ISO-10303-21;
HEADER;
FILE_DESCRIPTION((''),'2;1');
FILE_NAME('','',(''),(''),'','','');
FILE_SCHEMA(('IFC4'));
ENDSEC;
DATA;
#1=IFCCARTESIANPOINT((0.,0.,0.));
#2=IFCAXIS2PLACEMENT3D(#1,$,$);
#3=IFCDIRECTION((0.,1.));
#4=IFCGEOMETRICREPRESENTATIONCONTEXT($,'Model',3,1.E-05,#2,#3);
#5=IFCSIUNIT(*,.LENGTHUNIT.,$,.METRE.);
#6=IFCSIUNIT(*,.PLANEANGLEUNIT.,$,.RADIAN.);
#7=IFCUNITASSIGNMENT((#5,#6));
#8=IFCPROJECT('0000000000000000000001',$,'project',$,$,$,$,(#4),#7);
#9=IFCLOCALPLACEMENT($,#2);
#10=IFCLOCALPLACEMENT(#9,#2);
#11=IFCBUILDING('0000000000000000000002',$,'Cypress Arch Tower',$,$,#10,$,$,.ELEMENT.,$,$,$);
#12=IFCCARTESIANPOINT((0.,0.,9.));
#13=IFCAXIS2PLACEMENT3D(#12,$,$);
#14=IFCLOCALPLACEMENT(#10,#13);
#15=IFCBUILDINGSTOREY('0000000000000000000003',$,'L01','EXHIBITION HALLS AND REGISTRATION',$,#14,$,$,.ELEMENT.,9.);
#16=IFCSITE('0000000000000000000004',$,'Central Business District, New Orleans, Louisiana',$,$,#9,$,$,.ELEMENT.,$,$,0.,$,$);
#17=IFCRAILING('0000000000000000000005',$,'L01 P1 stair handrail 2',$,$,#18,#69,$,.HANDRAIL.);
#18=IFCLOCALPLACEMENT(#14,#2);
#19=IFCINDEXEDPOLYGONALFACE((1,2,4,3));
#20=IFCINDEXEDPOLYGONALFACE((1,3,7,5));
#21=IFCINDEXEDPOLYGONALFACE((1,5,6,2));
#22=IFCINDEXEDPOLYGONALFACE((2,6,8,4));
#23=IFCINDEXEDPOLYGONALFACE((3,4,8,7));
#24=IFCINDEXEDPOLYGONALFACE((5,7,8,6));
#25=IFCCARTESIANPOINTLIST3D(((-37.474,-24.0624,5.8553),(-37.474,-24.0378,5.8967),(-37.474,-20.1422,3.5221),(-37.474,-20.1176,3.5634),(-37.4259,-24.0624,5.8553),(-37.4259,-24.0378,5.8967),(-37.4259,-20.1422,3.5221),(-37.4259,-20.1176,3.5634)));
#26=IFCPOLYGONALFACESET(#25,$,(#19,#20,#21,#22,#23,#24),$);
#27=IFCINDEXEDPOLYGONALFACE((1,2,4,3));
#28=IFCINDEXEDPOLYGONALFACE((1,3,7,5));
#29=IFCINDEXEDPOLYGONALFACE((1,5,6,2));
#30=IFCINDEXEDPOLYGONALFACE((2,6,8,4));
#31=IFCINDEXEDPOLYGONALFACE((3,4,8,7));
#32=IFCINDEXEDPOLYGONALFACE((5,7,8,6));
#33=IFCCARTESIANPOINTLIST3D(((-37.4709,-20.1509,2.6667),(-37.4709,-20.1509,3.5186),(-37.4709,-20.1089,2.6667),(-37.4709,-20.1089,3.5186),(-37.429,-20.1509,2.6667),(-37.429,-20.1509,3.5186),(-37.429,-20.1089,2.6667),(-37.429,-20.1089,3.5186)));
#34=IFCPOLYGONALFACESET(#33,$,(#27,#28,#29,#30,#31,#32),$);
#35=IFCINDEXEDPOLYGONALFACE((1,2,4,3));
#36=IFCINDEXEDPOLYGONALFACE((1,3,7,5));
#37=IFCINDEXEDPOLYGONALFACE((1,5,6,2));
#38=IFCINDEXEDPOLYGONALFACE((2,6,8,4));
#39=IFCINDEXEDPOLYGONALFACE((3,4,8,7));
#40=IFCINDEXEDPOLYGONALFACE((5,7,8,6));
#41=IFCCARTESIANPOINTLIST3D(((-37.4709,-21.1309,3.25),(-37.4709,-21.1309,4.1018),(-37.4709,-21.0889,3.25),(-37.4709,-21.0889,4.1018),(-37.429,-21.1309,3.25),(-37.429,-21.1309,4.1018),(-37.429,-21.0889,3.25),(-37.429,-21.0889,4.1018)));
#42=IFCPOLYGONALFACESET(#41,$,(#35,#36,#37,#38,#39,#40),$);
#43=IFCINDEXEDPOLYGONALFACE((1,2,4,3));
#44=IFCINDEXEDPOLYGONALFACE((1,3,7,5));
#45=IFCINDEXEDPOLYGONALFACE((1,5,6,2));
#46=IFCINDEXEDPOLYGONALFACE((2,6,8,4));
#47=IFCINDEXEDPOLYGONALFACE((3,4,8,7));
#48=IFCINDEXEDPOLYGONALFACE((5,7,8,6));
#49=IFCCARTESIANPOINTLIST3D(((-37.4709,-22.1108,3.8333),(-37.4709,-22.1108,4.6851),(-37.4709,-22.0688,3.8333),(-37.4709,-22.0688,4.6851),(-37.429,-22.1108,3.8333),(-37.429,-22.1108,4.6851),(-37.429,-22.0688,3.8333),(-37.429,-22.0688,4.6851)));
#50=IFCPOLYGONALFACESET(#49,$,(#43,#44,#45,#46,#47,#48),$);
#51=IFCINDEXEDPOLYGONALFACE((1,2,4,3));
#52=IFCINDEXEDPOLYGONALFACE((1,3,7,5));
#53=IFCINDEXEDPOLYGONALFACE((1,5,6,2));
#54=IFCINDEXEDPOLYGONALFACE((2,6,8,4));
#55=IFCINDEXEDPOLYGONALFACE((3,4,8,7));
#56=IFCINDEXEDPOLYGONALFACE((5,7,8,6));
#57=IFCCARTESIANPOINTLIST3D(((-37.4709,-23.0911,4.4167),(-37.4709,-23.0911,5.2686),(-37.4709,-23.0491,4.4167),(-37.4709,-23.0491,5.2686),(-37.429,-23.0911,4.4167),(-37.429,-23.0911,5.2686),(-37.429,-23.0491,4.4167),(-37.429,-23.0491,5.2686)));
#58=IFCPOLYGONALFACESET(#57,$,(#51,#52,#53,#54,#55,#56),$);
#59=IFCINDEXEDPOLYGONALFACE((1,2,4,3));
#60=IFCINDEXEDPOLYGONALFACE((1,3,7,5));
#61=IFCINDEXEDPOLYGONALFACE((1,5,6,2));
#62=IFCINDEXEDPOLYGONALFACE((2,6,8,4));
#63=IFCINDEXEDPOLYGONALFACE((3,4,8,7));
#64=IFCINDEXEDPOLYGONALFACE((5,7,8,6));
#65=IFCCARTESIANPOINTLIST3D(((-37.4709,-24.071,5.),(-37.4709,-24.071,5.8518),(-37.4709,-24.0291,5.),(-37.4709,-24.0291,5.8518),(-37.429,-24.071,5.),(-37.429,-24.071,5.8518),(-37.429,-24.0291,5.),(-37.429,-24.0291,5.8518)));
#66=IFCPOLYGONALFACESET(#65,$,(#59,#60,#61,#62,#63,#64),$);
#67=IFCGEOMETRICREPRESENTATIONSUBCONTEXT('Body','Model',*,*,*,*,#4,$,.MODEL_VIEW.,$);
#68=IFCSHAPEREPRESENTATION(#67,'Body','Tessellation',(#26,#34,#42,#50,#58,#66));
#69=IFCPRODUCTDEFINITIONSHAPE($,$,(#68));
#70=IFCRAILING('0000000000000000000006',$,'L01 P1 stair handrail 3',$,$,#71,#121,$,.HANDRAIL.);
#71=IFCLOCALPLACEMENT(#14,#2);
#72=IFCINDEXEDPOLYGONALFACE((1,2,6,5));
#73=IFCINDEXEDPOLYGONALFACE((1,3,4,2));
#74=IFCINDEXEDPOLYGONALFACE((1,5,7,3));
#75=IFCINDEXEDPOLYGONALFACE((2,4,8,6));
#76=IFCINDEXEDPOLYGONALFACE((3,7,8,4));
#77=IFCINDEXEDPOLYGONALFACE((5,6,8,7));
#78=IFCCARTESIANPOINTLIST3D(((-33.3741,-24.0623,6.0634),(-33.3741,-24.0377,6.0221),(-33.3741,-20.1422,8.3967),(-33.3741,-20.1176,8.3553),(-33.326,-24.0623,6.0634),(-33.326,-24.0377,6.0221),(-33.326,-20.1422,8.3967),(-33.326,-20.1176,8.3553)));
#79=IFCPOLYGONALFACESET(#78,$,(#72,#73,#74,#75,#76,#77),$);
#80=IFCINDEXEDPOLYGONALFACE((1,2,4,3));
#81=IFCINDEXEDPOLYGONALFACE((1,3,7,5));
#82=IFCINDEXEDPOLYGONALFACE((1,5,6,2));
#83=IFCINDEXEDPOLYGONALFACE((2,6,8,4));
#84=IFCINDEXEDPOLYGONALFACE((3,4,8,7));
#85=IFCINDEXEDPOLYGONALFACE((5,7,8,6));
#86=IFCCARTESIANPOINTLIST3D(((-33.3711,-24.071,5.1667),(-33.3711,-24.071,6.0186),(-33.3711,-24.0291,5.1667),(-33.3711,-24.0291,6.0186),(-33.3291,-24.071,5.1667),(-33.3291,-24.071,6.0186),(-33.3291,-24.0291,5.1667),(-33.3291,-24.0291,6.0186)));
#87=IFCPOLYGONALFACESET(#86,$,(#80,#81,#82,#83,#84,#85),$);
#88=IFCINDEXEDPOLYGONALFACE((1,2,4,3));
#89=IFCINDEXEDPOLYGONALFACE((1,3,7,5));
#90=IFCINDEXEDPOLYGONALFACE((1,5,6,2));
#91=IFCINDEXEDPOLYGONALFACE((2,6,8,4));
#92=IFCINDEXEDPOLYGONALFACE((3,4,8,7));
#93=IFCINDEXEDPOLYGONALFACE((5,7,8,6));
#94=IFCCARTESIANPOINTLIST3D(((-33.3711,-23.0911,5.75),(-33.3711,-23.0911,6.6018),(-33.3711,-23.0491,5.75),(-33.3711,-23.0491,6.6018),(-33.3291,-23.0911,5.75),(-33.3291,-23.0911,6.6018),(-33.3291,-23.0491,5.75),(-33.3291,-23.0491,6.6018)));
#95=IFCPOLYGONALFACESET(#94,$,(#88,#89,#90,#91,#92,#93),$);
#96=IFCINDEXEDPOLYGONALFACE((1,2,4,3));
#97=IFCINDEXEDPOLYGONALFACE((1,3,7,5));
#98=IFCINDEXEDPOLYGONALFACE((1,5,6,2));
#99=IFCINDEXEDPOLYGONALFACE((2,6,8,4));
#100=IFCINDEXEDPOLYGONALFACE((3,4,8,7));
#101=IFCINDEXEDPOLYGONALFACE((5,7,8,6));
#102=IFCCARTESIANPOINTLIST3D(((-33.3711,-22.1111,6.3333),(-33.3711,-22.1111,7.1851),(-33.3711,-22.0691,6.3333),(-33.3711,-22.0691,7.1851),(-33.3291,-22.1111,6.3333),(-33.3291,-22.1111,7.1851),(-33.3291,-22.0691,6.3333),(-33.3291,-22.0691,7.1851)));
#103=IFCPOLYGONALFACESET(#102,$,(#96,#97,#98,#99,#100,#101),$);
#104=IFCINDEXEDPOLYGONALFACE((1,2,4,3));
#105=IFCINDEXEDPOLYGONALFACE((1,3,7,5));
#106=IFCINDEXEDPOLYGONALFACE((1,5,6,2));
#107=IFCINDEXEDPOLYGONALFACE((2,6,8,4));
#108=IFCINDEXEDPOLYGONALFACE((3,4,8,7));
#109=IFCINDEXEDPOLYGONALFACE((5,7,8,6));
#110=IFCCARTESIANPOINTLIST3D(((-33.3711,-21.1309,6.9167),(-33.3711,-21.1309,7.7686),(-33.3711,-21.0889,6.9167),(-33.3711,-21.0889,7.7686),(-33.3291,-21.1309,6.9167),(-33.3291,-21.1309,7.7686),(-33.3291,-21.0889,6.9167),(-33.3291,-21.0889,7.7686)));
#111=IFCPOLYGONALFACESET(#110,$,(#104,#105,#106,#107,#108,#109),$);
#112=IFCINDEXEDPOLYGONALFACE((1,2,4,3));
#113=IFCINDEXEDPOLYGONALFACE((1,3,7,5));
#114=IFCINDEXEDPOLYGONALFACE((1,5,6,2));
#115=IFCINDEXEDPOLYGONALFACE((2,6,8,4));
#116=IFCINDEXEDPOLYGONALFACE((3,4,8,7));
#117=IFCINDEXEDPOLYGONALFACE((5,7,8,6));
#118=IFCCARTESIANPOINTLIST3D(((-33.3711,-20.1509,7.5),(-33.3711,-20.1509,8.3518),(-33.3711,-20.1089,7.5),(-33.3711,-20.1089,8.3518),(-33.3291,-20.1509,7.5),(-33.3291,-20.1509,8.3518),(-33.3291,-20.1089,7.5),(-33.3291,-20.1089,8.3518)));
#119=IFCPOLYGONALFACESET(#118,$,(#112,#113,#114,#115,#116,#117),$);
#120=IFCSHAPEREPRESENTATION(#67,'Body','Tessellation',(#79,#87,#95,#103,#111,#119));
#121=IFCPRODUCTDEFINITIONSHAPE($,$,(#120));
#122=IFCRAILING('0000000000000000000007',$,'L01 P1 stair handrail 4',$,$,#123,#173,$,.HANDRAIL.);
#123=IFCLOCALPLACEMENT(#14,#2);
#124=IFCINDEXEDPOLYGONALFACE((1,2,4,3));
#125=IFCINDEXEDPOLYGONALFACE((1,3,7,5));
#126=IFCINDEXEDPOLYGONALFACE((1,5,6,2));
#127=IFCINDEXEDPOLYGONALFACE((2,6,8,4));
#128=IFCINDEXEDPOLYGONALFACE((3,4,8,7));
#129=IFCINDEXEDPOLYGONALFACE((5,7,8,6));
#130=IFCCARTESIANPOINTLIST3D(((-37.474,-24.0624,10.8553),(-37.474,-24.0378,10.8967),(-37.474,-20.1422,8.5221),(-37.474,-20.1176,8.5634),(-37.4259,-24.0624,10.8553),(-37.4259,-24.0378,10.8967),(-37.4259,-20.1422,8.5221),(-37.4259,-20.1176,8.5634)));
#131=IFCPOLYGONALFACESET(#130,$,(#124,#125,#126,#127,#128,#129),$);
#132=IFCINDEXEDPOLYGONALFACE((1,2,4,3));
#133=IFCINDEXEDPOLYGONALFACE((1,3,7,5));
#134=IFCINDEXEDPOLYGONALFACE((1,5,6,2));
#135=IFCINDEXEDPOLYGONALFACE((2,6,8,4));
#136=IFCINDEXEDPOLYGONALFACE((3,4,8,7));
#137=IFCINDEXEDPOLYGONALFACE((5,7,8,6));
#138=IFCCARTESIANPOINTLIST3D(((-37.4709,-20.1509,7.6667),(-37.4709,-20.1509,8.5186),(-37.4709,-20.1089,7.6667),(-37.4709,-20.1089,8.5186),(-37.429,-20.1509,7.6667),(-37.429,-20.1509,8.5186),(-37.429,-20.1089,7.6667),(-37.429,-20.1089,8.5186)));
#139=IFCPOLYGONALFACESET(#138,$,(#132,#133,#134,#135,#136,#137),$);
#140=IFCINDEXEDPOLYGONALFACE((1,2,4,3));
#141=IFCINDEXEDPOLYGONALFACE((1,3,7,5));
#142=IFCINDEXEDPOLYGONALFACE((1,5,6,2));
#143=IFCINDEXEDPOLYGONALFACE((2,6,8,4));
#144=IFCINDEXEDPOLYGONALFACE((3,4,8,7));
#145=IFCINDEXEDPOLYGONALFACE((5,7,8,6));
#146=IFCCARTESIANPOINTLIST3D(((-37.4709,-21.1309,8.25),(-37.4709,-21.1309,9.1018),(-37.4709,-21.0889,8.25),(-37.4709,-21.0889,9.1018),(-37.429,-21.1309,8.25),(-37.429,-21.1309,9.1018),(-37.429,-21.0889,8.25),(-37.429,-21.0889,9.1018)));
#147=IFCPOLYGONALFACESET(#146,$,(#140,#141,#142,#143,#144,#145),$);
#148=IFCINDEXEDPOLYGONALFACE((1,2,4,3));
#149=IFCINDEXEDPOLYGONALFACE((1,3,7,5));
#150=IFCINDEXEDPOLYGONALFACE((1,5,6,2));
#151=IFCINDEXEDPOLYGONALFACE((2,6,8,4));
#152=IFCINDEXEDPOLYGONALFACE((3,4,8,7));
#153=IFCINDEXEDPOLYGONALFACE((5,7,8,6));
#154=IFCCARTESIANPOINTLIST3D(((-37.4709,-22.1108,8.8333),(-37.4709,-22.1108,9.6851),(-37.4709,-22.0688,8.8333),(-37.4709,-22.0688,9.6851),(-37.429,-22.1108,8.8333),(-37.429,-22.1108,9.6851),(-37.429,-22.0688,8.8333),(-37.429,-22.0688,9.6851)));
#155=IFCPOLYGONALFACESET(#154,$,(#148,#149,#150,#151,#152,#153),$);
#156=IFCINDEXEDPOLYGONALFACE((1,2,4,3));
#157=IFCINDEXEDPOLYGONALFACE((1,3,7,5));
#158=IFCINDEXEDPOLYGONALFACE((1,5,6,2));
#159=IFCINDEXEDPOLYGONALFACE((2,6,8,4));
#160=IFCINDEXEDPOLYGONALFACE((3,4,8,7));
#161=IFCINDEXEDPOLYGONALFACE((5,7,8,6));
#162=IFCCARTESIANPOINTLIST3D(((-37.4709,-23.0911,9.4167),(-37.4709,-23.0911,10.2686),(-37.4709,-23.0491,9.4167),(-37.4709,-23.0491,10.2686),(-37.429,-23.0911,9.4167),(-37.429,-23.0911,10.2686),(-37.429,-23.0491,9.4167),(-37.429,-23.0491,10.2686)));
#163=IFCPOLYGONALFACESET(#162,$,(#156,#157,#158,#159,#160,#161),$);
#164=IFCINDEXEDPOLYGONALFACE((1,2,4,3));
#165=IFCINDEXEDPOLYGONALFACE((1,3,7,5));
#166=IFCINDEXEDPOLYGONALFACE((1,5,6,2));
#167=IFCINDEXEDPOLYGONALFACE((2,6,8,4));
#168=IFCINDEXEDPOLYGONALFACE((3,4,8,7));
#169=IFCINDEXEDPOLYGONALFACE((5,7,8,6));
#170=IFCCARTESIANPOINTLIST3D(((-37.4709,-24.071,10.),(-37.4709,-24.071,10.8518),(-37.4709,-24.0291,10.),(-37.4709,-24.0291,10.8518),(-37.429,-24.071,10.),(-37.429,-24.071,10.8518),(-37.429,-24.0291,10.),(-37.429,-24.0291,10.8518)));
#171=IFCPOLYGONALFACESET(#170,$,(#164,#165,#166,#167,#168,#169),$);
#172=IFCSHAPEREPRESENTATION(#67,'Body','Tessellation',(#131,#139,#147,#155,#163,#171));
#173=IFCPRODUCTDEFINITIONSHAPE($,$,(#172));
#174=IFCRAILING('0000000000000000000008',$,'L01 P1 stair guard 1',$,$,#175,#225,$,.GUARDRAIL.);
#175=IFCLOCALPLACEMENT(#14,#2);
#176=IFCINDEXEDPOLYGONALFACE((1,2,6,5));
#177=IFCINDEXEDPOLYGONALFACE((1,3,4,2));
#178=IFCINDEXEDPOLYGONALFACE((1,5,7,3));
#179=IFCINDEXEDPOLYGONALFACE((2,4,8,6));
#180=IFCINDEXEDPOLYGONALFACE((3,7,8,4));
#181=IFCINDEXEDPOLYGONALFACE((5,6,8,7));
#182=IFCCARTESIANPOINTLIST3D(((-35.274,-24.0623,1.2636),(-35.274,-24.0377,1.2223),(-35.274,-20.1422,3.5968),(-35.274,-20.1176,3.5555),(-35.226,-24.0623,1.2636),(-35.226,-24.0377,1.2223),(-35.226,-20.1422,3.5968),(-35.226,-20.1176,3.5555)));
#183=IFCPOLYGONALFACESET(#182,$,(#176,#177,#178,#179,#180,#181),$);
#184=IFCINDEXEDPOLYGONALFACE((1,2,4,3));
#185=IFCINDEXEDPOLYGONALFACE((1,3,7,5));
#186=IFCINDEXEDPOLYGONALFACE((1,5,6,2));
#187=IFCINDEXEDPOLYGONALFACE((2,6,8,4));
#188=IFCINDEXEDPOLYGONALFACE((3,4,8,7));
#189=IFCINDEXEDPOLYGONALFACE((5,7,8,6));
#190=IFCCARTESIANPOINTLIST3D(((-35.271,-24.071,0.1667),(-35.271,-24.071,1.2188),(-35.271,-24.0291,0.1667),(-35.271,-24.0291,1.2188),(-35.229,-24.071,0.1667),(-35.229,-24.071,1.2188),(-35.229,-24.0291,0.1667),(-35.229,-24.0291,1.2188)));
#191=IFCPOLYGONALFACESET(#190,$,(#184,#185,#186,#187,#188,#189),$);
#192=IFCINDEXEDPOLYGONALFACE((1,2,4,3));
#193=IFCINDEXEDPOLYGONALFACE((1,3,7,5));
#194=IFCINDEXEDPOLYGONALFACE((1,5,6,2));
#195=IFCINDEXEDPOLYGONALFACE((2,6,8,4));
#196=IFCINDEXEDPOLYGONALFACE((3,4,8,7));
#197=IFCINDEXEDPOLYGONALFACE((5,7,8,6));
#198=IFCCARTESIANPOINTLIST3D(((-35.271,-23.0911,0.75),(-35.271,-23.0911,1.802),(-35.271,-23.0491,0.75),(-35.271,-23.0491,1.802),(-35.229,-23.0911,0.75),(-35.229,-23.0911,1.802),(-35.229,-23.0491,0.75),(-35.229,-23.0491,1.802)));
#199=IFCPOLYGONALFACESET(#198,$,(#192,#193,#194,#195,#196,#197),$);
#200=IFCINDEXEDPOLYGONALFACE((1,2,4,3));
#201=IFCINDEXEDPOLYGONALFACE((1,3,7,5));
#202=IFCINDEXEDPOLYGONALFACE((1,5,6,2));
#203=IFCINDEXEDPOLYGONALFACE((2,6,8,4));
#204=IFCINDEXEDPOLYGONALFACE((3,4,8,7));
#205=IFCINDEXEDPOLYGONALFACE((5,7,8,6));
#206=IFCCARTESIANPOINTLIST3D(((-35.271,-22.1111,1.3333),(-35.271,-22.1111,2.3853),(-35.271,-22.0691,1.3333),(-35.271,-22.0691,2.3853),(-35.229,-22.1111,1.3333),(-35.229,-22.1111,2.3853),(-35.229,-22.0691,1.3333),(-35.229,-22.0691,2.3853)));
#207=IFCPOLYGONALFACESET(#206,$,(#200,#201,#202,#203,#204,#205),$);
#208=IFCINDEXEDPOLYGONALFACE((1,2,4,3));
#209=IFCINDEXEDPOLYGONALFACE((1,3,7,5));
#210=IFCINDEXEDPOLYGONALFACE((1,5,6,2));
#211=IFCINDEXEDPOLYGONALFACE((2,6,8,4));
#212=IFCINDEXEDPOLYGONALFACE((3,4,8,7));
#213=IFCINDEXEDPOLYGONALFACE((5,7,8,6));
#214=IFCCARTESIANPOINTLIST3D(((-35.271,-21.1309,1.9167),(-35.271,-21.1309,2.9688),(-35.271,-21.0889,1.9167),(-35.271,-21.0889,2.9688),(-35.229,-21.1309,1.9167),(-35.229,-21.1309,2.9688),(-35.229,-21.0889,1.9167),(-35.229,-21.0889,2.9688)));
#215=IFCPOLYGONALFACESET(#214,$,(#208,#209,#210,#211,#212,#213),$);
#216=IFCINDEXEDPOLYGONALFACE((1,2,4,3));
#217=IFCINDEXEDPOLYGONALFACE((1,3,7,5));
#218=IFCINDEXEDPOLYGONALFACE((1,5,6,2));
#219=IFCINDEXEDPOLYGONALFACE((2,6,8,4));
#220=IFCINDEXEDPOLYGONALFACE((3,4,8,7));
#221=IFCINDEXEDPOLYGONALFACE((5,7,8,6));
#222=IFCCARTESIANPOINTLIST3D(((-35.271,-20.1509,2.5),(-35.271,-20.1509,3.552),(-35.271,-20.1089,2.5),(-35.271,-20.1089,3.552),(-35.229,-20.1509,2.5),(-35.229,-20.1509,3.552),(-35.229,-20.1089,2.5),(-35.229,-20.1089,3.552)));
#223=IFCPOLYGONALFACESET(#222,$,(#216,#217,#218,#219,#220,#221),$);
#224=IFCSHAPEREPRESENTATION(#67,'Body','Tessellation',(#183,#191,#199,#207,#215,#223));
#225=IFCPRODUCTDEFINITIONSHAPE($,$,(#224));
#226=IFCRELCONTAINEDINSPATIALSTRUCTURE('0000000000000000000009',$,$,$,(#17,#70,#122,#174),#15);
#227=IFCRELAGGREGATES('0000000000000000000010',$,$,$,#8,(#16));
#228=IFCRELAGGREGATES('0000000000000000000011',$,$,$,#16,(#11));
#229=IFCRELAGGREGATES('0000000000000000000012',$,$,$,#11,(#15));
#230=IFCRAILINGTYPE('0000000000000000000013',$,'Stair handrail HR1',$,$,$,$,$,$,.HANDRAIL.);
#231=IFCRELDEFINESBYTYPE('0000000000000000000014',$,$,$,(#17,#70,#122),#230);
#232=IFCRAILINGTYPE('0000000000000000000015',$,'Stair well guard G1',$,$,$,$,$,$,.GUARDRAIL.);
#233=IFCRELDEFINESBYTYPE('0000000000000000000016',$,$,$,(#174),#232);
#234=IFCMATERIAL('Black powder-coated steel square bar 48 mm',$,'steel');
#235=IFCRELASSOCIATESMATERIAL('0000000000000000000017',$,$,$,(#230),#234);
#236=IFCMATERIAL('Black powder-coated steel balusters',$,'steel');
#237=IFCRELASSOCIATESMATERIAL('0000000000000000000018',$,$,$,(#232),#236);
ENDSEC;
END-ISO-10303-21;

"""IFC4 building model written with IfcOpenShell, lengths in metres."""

from ifc_helpers import new_model, si_unit, direction, frame, origin, origin_2d, place, context, subcontext, project, spatial, rectangle, extrude, material, type_object, element, save


model = new_model("IFC4")

# Units and contexts
model_context = context("Model", 3, precision=1e-05, world=origin(), true_north=direction((0.0, 1.0)))
body_context = subcontext(model_context, "Body", "Model", "MODEL_VIEW")
ifc_project = project(units=[si_unit("LENGTHUNIT", "METRE"), si_unit("PLANEANGLEUNIT", "RADIAN")], contexts=[model_context])

# Site, building, storey
site_placement = place(None, origin())
site = spatial("IfcSite", under=ifc_project, at=site_placement, Name="Central Business District, New Orleans, Louisiana", CompositionType="ELEMENT", RefElevation=0.0)
building_placement = place(site_placement, origin())
building = spatial("IfcBuilding", under=site, at=building_placement, Name="Cypress Arch Tower", CompositionType="ELEMENT")
storey_placement = place(building_placement, frame((0.0, 0.0, 9.0)))
storey = spatial("IfcBuildingStorey", under=building, at=storey_placement, Name="L01", Description="EXHIBITION HALLS AND REGISTRATION", CompositionType="ELEMENT", Elevation=9.0)

# Railings
ifc_material_1 = material(Name="Black powder-coated steel square bar 48 mm", Category="steel")
railing_type_1 = type_object("IfcRailingType", Name="Stair handrail HR1", PredefinedType="HANDRAIL", material=ifc_material_1)
railing_1_placement = place(storey_placement, frame((-37.45, -20.1299, 2.6667)))
element("IfcRailing", 1, at=railing_1_placement, inside=storey, type_object=railing_type_1, Name="L01 P1 stair handrail 2", PredefinedType="HANDRAIL", context=body_context, shape_type="SweptSolid", body=[
    extrude(rectangle(XDim=0.0481, YDim=0.0481, at=origin_2d()), frame((0.0, 0.0, 0.876), z_axis=(0.0, -0.85931, 0.511455), x_axis=(1.0, 0.0, 0.0)), (0.0, 0.0, 1.0), 4.562),
    extrude(rectangle(XDim=0.042, YDim=0.042, at=origin_2d()), origin(), (0.0, 0.0, 1.0), 0.8518),
    extrude(rectangle(XDim=0.042, YDim=0.042, at=origin_2d()), frame((0.0, -0.98, 0.5833)), (0.0, 0.0, 1.0), 0.8518),
    extrude(rectangle(XDim=0.042, YDim=0.042, at=origin_2d()), frame((0.0, -1.96, 1.1665)), (0.0, 0.0, 1.0), 0.8518),
    extrude(rectangle(XDim=0.042, YDim=0.042, at=origin_2d()), frame((0.0, -2.9402, 1.75)), (0.0, 0.0, 1.0), 0.8518),
    extrude(rectangle(XDim=0.042, YDim=0.042, at=origin_2d()), frame((0.0, -3.9202, 2.3333)), (0.0, 0.0, 1.0), 0.8518),
])
railing_2_placement = place(storey_placement, frame((-33.3501, -24.05, 5.1667)))
element("IfcRailing", 2, at=railing_2_placement, inside=storey, type_object=railing_type_1, Name="L01 P1 stair handrail 3", PredefinedType="HANDRAIL", context=body_context, shape_type="SweptSolid", body=[
    extrude(rectangle(XDim=0.0481, YDim=0.0481, at=origin_2d()), frame((0.0, 0.0, 0.876), z_axis=(0.0, 0.85931, 0.511455), x_axis=(-1.0, 0.0, 0.0)), (0.0, 0.0, 1.0), 4.562),
    extrude(rectangle(XDim=0.042, YDim=0.042, at=origin_2d()), origin(), (0.0, 0.0, 1.0), 0.8518),
    extrude(rectangle(XDim=0.042, YDim=0.042, at=origin_2d()), frame((0.0, 0.98, 0.5833)), (0.0, 0.0, 1.0), 0.8518),
    extrude(rectangle(XDim=0.042, YDim=0.042, at=origin_2d()), frame((0.0, 1.96, 1.1665)), (0.0, 0.0, 1.0), 0.8518),
    extrude(rectangle(XDim=0.042, YDim=0.042, at=origin_2d()), frame((0.0, 2.9402, 1.75)), (0.0, 0.0, 1.0), 0.8518),
    extrude(rectangle(XDim=0.042, YDim=0.042, at=origin_2d()), frame((0.0, 3.9202, 2.3333)), (0.0, 0.0, 1.0), 0.8518),
])
railing_3_placement = place(storey_placement, frame((-37.45, -20.1299, 7.6667)))
element("IfcRailing", 3, at=railing_3_placement, inside=storey, type_object=railing_type_1, Name="L01 P1 stair handrail 4", PredefinedType="HANDRAIL", context=body_context, shape_type="SweptSolid", body=[
    extrude(rectangle(XDim=0.0481, YDim=0.0481, at=origin_2d()), frame((0.0, 0.0, 0.876), z_axis=(0.0, -0.85931, 0.511455), x_axis=(1.0, 0.0, 0.0)), (0.0, 0.0, 1.0), 4.562),
    extrude(rectangle(XDim=0.042, YDim=0.042, at=origin_2d()), origin(), (0.0, 0.0, 1.0), 0.8518),
    extrude(rectangle(XDim=0.042, YDim=0.042, at=origin_2d()), frame((0.0, -0.98, 0.5833)), (0.0, 0.0, 1.0), 0.8518),
    extrude(rectangle(XDim=0.042, YDim=0.042, at=origin_2d()), frame((0.0, -1.96, 1.1665)), (0.0, 0.0, 1.0), 0.8518),
    extrude(rectangle(XDim=0.042, YDim=0.042, at=origin_2d()), frame((0.0, -2.9402, 1.75)), (0.0, 0.0, 1.0), 0.8518),
    extrude(rectangle(XDim=0.042, YDim=0.042, at=origin_2d()), frame((0.0, -3.9202, 2.3333)), (0.0, 0.0, 1.0), 0.8518),
])
ifc_material_2 = material(Name="Black powder-coated steel balusters", Category="steel")
railing_type_2 = type_object("IfcRailingType", Name="Stair well guard G1", PredefinedType="GUARDRAIL", material=ifc_material_2)
railing_4_placement = place(storey_placement, frame((-35.25, -24.05, 0.1667)))
element("IfcRailing", 4, at=railing_4_placement, inside=storey, type_object=railing_type_2, Name="L01 P1 stair guard 1", PredefinedType="GUARDRAIL", context=body_context, shape_type="SweptSolid", body=[
    extrude(rectangle(XDim=0.0481, YDim=0.0481, at=origin_2d()), frame((0.0, 0.0, 1.0762), z_axis=(0.0, 0.85931, 0.511455), x_axis=(-1.0, 0.0, 0.0)), (0.0, 0.0, 1.0), 4.562),
    extrude(rectangle(XDim=0.042, YDim=0.042, at=origin_2d()), origin(), (0.0, 0.0, 1.0), 1.052),
    extrude(rectangle(XDim=0.042, YDim=0.042, at=origin_2d()), frame((0.0, 0.98, 0.5833)), (0.0, 0.0, 1.0), 1.052),
    extrude(rectangle(XDim=0.042, YDim=0.042, at=origin_2d()), frame((0.0, 1.96, 1.1665)), (0.0, 0.0, 1.0), 1.052),
    extrude(rectangle(XDim=0.042, YDim=0.042, at=origin_2d()), frame((0.0, 2.9402, 1.75)), (0.0, 0.0, 1.0), 1.052),
    extrude(rectangle(XDim=0.042, YDim=0.042, at=origin_2d()), frame((0.0, 3.9202, 2.3333)), (0.0, 0.0, 1.0), 1.052),
])

save(model, "model.ifc")
